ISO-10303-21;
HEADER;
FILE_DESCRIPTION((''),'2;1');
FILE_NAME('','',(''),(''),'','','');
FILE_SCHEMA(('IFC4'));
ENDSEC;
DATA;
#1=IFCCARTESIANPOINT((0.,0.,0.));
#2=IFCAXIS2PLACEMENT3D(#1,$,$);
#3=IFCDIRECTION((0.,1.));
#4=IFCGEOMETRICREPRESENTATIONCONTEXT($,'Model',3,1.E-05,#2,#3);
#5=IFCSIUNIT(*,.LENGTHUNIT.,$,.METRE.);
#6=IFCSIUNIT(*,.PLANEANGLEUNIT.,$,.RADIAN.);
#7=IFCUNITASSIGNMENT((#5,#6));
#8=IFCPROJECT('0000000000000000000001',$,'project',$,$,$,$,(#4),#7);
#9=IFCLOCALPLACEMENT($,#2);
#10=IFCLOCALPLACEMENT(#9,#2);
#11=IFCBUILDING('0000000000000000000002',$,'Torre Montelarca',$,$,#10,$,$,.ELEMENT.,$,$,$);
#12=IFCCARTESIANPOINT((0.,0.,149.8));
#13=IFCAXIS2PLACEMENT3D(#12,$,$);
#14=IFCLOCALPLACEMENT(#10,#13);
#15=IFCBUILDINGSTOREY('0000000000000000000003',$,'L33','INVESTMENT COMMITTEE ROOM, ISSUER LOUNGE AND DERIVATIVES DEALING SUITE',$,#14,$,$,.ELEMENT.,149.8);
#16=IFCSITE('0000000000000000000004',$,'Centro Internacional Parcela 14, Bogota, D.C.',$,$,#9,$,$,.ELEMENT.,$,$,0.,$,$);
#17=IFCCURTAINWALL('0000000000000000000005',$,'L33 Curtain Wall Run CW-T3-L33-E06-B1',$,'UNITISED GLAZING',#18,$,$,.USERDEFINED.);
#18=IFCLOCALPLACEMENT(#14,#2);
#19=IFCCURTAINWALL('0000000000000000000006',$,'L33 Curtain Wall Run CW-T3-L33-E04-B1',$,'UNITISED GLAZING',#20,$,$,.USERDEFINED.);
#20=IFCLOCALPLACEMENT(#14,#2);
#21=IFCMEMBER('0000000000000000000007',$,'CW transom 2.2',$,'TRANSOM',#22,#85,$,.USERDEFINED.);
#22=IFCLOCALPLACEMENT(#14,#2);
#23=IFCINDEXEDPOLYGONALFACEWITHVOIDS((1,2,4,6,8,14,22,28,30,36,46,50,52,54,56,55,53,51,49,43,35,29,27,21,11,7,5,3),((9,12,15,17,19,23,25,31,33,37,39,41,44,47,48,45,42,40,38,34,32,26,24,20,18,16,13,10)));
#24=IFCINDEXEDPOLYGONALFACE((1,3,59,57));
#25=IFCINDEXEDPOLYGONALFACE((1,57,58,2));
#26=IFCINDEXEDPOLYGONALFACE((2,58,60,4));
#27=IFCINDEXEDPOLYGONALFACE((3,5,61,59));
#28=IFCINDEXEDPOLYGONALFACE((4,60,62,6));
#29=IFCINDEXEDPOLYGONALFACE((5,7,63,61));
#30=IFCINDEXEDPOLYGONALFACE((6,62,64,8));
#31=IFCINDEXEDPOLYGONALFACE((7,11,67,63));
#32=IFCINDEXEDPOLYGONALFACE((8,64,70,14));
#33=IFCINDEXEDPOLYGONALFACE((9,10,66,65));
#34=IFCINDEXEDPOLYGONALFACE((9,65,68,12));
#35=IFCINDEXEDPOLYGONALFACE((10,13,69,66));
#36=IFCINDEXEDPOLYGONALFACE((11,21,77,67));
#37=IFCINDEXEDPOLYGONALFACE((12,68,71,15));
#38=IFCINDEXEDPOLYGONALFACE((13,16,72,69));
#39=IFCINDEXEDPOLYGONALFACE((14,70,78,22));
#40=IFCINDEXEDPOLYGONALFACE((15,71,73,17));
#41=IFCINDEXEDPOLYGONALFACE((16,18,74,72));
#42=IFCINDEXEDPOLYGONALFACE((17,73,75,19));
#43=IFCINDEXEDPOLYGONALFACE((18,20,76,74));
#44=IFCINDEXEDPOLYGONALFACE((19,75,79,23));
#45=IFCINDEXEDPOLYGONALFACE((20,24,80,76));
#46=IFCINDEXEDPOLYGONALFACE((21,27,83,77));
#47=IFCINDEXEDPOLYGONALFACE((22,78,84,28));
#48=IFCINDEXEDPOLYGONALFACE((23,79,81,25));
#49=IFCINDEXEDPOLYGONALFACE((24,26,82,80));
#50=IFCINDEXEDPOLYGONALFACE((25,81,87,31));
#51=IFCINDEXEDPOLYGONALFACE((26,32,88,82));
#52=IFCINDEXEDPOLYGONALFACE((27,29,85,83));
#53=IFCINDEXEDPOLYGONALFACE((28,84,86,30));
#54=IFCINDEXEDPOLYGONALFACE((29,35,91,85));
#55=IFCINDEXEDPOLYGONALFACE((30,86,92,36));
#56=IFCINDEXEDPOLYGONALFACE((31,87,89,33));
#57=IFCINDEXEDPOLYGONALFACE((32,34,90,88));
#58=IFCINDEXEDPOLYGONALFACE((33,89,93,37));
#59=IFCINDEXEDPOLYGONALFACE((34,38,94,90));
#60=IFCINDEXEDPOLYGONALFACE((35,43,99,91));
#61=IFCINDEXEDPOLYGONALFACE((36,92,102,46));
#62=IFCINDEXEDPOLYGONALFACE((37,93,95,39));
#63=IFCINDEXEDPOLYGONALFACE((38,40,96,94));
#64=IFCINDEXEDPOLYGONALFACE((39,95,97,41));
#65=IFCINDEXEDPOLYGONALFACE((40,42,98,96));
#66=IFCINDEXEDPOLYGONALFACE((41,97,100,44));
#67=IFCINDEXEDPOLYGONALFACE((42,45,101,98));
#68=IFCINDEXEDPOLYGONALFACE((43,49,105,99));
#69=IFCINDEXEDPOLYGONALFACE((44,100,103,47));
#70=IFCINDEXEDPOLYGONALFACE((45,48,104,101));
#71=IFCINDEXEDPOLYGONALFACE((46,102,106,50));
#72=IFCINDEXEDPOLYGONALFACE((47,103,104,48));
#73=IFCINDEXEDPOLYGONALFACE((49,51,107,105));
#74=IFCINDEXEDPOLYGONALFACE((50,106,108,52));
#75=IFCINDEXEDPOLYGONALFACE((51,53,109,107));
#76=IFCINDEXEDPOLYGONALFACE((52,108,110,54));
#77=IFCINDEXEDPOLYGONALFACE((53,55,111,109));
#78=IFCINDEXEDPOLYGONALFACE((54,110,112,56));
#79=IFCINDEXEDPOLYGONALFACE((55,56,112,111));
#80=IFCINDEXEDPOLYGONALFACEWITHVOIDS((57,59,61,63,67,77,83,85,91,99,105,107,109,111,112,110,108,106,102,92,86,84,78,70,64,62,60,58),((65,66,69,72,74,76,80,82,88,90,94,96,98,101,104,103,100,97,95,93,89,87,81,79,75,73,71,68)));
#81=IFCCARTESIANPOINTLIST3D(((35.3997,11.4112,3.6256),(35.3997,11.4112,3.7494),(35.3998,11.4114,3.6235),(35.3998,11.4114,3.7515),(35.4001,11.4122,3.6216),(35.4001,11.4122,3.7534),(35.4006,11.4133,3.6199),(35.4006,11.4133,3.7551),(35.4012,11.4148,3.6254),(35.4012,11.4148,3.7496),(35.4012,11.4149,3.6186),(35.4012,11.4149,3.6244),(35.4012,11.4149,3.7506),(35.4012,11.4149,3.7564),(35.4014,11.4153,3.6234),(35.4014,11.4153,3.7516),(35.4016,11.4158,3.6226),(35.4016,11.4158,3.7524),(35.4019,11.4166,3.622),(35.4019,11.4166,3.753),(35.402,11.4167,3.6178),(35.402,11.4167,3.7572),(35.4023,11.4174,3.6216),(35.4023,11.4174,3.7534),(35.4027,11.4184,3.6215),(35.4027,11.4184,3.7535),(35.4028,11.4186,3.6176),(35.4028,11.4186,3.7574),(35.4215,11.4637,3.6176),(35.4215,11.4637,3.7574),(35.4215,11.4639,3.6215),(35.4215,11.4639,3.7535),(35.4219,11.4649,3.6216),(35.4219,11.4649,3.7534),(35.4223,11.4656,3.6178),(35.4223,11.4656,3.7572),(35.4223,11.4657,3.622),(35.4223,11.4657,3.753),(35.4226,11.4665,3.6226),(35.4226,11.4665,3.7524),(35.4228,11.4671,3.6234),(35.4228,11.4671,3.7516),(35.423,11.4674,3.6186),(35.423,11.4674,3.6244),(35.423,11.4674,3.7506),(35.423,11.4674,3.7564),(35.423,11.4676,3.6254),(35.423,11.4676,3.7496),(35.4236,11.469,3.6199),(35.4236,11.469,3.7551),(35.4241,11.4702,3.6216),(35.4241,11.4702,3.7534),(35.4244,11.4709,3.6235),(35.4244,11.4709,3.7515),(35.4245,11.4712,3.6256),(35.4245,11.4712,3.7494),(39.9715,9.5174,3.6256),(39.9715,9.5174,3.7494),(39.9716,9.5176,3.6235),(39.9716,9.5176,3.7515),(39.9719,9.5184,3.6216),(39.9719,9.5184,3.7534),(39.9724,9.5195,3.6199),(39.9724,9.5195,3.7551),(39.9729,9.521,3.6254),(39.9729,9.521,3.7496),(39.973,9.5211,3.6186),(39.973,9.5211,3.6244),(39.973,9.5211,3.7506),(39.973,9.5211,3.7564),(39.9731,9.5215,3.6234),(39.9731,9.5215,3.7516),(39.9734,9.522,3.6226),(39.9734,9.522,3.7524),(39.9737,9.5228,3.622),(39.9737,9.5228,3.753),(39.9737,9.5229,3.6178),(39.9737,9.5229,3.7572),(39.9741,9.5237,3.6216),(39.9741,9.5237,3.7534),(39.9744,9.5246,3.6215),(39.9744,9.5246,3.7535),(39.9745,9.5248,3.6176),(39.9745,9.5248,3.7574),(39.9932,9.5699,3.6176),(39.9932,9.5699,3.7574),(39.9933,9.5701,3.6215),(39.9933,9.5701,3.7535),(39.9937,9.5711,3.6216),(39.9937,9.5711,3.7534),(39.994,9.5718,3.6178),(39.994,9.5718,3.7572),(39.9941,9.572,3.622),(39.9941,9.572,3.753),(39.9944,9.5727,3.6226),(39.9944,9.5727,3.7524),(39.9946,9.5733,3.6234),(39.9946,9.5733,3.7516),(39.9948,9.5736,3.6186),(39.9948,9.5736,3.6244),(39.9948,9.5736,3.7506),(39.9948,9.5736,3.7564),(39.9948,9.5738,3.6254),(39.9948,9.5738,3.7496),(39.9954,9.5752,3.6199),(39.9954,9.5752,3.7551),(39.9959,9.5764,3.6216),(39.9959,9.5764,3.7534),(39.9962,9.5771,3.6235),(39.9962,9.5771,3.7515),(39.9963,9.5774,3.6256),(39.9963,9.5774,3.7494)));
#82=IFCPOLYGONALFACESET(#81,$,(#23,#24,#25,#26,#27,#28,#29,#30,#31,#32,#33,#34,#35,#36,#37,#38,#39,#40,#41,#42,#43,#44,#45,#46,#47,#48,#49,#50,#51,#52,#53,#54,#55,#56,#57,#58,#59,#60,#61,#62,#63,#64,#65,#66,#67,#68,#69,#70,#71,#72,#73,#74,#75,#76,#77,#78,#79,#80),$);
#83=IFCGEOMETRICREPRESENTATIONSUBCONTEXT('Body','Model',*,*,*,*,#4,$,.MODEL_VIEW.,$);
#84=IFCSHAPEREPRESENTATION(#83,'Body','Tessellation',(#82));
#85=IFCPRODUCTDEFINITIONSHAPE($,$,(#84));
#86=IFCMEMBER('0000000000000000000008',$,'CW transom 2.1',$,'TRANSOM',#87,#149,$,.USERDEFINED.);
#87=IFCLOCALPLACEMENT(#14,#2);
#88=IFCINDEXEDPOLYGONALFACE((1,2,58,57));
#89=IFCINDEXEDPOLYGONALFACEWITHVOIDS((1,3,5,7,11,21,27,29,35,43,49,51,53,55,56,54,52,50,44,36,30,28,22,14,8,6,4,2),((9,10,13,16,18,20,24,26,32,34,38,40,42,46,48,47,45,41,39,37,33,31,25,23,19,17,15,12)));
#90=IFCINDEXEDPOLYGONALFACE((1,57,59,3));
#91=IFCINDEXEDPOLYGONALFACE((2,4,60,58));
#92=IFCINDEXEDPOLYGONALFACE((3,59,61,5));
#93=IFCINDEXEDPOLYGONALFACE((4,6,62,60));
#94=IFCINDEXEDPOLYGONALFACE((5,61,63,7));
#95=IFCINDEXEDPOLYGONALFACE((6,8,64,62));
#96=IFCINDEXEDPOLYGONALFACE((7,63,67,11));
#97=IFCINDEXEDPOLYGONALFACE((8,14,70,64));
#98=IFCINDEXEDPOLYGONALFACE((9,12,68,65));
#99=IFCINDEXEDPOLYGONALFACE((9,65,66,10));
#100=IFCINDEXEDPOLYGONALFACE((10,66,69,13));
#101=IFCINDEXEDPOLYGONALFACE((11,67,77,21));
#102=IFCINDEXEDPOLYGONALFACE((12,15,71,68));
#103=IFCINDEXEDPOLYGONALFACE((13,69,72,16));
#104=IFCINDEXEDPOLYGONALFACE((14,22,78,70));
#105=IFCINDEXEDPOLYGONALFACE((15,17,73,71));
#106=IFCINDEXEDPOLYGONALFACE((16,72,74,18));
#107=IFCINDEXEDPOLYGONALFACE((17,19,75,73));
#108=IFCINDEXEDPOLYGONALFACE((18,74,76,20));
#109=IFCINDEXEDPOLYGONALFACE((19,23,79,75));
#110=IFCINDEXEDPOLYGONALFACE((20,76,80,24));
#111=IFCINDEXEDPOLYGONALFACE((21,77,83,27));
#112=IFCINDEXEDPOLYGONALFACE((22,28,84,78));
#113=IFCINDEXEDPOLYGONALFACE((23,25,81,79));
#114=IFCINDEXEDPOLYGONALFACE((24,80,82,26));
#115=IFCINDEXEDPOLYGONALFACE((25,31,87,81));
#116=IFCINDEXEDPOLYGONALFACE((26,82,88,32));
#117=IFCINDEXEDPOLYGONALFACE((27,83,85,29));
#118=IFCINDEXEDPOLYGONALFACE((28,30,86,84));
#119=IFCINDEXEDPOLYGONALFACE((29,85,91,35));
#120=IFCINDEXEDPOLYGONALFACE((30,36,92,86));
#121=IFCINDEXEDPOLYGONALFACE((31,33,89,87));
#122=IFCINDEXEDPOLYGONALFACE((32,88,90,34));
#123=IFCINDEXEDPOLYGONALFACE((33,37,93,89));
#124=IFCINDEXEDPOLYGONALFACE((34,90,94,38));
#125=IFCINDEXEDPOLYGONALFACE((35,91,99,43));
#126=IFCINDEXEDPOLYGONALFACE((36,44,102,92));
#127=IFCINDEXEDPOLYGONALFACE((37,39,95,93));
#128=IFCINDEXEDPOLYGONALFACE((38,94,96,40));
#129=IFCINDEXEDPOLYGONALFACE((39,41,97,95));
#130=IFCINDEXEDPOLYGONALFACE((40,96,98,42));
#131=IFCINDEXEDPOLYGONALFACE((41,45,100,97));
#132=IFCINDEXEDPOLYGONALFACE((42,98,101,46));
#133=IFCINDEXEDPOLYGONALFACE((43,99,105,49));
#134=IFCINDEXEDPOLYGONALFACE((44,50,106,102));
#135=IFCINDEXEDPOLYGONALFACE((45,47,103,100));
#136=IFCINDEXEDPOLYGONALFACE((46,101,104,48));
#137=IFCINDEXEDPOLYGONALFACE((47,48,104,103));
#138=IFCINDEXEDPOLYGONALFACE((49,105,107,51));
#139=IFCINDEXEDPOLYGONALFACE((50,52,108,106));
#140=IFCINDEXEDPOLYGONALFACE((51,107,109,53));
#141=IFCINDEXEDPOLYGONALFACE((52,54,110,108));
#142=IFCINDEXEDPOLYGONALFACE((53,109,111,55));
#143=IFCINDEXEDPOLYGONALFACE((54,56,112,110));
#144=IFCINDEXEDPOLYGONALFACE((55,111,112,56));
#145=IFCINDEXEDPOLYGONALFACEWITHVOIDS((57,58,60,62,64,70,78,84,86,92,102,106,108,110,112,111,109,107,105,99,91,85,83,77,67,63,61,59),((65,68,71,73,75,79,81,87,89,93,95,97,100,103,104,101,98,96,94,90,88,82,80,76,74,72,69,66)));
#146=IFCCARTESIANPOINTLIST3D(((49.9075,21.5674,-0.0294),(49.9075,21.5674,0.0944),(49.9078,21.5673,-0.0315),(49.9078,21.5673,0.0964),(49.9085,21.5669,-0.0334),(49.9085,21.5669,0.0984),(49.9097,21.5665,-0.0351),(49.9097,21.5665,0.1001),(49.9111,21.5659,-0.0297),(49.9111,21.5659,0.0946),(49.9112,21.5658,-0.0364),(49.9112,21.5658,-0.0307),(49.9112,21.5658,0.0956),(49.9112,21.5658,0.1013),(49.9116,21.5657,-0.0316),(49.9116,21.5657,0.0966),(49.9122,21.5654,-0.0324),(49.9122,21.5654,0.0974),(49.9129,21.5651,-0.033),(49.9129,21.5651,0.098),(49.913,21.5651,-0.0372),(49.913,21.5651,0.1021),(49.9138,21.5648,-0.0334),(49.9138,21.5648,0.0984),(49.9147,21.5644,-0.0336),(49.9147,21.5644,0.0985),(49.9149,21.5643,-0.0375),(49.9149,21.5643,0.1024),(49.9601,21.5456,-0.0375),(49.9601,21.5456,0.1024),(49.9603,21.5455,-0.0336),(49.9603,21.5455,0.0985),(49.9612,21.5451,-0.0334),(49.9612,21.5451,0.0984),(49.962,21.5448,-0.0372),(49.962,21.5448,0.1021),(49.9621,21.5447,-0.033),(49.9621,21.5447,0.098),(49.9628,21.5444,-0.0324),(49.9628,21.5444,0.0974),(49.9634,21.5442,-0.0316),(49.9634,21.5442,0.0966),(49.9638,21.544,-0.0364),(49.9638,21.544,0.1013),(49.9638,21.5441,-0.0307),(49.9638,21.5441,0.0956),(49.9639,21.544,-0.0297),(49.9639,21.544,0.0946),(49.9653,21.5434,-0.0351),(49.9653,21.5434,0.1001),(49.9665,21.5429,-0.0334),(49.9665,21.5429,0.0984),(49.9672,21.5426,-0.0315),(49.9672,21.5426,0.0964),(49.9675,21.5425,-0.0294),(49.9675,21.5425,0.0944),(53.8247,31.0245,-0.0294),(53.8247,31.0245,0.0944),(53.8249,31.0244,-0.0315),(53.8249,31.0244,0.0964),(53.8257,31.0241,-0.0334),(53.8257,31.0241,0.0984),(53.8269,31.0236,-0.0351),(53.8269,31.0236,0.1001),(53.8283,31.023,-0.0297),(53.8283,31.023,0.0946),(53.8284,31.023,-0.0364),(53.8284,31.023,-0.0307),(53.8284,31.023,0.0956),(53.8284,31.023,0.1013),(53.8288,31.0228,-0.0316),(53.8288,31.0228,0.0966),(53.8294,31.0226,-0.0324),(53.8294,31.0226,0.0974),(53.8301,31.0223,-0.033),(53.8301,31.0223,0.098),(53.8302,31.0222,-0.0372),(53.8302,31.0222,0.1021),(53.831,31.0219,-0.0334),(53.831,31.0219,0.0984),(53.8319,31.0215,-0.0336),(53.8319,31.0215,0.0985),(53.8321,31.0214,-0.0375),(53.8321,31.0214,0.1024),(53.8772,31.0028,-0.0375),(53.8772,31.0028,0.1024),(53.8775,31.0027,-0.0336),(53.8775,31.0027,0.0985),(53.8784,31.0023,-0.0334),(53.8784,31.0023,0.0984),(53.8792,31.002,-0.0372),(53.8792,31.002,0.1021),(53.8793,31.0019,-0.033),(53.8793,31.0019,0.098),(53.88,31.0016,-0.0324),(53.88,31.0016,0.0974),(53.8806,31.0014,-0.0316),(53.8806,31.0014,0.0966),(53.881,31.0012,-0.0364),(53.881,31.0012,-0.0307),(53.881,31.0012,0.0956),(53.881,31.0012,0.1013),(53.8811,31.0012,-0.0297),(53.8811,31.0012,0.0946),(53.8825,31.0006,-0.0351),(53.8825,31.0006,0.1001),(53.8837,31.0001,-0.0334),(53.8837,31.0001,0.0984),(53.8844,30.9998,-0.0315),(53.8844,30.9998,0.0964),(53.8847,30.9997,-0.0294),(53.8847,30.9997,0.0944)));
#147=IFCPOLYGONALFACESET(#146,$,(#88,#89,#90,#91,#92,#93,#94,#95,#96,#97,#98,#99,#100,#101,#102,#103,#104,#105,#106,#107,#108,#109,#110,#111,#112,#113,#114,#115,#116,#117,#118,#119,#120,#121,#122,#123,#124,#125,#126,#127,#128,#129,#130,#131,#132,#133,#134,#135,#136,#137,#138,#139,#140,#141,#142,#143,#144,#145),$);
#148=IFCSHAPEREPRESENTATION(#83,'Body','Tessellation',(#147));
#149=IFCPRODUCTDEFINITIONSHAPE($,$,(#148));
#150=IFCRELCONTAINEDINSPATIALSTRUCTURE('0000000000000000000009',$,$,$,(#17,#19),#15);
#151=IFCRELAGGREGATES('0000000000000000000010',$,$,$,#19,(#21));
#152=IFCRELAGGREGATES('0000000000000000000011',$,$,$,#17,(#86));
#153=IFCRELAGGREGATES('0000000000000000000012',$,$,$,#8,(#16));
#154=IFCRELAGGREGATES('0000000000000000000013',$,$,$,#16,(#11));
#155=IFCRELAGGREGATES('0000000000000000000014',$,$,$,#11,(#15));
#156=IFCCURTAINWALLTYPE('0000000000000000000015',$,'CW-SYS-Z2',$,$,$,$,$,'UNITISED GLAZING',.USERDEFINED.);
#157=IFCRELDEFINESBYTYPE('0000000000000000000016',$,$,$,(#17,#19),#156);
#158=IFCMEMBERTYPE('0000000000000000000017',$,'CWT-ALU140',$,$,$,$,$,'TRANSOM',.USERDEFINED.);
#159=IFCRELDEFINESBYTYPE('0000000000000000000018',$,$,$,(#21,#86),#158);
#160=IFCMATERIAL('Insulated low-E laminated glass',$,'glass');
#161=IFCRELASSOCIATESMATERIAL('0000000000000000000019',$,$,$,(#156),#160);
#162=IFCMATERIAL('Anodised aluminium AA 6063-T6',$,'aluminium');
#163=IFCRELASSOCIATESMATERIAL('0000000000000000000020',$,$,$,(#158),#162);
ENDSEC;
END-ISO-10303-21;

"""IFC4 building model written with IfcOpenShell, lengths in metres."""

from ifc_helpers import new_model, si_unit, direction, frame, origin, origin_2d, place, context, subcontext, project, spatial, hollow_rectangle, extrude, source, transform, mapped, material, material_profile, profile_set, type_object, element, aggregate, save


model = new_model("IFC4")

# Units and contexts
model_context = context("Model", 3, precision=1e-05, world=origin(), true_north=direction((0.0, 1.0)))
body_context = subcontext(model_context, "Body", "Model", "MODEL_VIEW")
ifc_project = project(units=[si_unit("LENGTHUNIT", "METRE"), si_unit("PLANEANGLEUNIT", "RADIAN")], contexts=[model_context])

# Site, building, storey
site_placement = place(None, origin())
site = spatial("IfcSite", under=ifc_project, at=site_placement, Name="Centro Internacional Parcela 14, Bogota, D.C.", CompositionType="ELEMENT", RefElevation=0.0)
building_placement = place(site_placement, origin())
building = spatial("IfcBuilding", under=site, at=building_placement, Name="Torre Montelarca", CompositionType="ELEMENT")
storey_placement = place(building_placement, frame((0.0, 0.0, 149.8)))
storey = spatial("IfcBuildingStorey", under=building, at=storey_placement, Name="L33", Description="INVESTMENT COMMITTEE ROOM, ISSUER LOUNGE AND DERIVATIVES DEALING SUITE", CompositionType="ELEMENT", Elevation=149.8)

# Curtain walls
ifc_material_1 = material(Name="Insulated low-E laminated glass", Category="glass")
curtain_wall_type = type_object("IfcCurtainWallType", Name="CW-SYS-Z2", ElementType="UNITISED GLAZING", PredefinedType="USERDEFINED", material=ifc_material_1)
ifc_material_2 = material(Name="Anodised aluminium AA 6063-T6", Category="aluminium")
ifc_material_profile_1 = material_profile(ifc_material_2, hollow_rectangle(XDim=0.0649, YDim=0.1399, WallThickness=0.0039, InnerFilletRadius=0.0039, OuterFilletRadius=0.0081, at=origin_2d()), Name="ALU65X140X4", Category="aluminium")
ifc_profile_set_1 = profile_set([ifc_material_profile_1], Name="Anodised aluminium AA 6063-T6")
member_type_1 = type_object("IfcMemberType", Name="CWT-ALU140", ElementType="TRANSOM", PredefinedType="USERDEFINED", material=ifc_profile_set_1)
curtain_wall_1_placement = place(storey_placement, origin())
curtain_wall_1 = element("IfcCurtainWall", 1, at=curtain_wall_1_placement, inside=storey, type_object=curtain_wall_type, Name="L33 Curtain Wall Run CW-T3-L33-E06-B1", ObjectType="UNITISED GLAZING", PredefinedType="USERDEFINED")
curtain_wall_2_placement = place(storey_placement, origin())
curtain_wall_2 = element("IfcCurtainWall", 2, at=curtain_wall_2_placement, inside=storey, type_object=curtain_wall_type, Name="L33 Curtain Wall Run CW-T3-L33-E04-B1", ObjectType="UNITISED GLAZING", PredefinedType="USERDEFINED")

# Members
shared_shape_1 = source(origin(), body_context, "Body", "SweptSolid", [
    extrude(hollow_rectangle(XDim=0.0649, YDim=0.1399, WallThickness=0.0039, InnerFilletRadius=0.0039, OuterFilletRadius=0.0081, at=origin_2d()), origin(), (0.0, 0.0, 1.0), 4.9485),
])
member_1_placement = place(storey_placement, frame((35.4121, 11.4412, 3.6875), z_axis=(0.923872, -0.382702, 0.0), x_axis=(0.382702, 0.923872, 0.0)))
member_1 = element("IfcMember", 3, at=member_1_placement, type_object=member_type_1, Name="CW transom 2.2", ObjectType="TRANSOM", PredefinedType="USERDEFINED", context=body_context, shape_type="MappedRepresentation", body=[
    mapped(shared_shape_1, transform((0.0, 0.0, 0.0), scale=1.0)),
])
shared_shape_2 = source(origin(), body_context, "Body", "SweptSolid", [
    extrude(hollow_rectangle(XDim=0.0649, YDim=0.1399, WallThickness=0.0039, InnerFilletRadius=0.0039, OuterFilletRadius=0.0081, at=origin_2d()), origin(), (0.0, 0.0, 1.0), 10.2363),
])
member_2_placement = place(storey_placement, frame((49.9375, 21.5549, 0.0325), z_axis=(0.382675, 0.923883, 0.0), x_axis=(-0.923883, 0.382675, 0.0)))
member_2 = element("IfcMember", 4, at=member_2_placement, type_object=member_type_1, Name="CW transom 2.1", ObjectType="TRANSOM", PredefinedType="USERDEFINED", context=body_context, shape_type="MappedRepresentation", body=[
    mapped(shared_shape_2, transform((0.0, 0.0, 0.0), scale=1.0)),
])

aggregate(curtain_wall_2, [member_1])
aggregate(curtain_wall_1, [member_2])

save(model, "model.ifc")
